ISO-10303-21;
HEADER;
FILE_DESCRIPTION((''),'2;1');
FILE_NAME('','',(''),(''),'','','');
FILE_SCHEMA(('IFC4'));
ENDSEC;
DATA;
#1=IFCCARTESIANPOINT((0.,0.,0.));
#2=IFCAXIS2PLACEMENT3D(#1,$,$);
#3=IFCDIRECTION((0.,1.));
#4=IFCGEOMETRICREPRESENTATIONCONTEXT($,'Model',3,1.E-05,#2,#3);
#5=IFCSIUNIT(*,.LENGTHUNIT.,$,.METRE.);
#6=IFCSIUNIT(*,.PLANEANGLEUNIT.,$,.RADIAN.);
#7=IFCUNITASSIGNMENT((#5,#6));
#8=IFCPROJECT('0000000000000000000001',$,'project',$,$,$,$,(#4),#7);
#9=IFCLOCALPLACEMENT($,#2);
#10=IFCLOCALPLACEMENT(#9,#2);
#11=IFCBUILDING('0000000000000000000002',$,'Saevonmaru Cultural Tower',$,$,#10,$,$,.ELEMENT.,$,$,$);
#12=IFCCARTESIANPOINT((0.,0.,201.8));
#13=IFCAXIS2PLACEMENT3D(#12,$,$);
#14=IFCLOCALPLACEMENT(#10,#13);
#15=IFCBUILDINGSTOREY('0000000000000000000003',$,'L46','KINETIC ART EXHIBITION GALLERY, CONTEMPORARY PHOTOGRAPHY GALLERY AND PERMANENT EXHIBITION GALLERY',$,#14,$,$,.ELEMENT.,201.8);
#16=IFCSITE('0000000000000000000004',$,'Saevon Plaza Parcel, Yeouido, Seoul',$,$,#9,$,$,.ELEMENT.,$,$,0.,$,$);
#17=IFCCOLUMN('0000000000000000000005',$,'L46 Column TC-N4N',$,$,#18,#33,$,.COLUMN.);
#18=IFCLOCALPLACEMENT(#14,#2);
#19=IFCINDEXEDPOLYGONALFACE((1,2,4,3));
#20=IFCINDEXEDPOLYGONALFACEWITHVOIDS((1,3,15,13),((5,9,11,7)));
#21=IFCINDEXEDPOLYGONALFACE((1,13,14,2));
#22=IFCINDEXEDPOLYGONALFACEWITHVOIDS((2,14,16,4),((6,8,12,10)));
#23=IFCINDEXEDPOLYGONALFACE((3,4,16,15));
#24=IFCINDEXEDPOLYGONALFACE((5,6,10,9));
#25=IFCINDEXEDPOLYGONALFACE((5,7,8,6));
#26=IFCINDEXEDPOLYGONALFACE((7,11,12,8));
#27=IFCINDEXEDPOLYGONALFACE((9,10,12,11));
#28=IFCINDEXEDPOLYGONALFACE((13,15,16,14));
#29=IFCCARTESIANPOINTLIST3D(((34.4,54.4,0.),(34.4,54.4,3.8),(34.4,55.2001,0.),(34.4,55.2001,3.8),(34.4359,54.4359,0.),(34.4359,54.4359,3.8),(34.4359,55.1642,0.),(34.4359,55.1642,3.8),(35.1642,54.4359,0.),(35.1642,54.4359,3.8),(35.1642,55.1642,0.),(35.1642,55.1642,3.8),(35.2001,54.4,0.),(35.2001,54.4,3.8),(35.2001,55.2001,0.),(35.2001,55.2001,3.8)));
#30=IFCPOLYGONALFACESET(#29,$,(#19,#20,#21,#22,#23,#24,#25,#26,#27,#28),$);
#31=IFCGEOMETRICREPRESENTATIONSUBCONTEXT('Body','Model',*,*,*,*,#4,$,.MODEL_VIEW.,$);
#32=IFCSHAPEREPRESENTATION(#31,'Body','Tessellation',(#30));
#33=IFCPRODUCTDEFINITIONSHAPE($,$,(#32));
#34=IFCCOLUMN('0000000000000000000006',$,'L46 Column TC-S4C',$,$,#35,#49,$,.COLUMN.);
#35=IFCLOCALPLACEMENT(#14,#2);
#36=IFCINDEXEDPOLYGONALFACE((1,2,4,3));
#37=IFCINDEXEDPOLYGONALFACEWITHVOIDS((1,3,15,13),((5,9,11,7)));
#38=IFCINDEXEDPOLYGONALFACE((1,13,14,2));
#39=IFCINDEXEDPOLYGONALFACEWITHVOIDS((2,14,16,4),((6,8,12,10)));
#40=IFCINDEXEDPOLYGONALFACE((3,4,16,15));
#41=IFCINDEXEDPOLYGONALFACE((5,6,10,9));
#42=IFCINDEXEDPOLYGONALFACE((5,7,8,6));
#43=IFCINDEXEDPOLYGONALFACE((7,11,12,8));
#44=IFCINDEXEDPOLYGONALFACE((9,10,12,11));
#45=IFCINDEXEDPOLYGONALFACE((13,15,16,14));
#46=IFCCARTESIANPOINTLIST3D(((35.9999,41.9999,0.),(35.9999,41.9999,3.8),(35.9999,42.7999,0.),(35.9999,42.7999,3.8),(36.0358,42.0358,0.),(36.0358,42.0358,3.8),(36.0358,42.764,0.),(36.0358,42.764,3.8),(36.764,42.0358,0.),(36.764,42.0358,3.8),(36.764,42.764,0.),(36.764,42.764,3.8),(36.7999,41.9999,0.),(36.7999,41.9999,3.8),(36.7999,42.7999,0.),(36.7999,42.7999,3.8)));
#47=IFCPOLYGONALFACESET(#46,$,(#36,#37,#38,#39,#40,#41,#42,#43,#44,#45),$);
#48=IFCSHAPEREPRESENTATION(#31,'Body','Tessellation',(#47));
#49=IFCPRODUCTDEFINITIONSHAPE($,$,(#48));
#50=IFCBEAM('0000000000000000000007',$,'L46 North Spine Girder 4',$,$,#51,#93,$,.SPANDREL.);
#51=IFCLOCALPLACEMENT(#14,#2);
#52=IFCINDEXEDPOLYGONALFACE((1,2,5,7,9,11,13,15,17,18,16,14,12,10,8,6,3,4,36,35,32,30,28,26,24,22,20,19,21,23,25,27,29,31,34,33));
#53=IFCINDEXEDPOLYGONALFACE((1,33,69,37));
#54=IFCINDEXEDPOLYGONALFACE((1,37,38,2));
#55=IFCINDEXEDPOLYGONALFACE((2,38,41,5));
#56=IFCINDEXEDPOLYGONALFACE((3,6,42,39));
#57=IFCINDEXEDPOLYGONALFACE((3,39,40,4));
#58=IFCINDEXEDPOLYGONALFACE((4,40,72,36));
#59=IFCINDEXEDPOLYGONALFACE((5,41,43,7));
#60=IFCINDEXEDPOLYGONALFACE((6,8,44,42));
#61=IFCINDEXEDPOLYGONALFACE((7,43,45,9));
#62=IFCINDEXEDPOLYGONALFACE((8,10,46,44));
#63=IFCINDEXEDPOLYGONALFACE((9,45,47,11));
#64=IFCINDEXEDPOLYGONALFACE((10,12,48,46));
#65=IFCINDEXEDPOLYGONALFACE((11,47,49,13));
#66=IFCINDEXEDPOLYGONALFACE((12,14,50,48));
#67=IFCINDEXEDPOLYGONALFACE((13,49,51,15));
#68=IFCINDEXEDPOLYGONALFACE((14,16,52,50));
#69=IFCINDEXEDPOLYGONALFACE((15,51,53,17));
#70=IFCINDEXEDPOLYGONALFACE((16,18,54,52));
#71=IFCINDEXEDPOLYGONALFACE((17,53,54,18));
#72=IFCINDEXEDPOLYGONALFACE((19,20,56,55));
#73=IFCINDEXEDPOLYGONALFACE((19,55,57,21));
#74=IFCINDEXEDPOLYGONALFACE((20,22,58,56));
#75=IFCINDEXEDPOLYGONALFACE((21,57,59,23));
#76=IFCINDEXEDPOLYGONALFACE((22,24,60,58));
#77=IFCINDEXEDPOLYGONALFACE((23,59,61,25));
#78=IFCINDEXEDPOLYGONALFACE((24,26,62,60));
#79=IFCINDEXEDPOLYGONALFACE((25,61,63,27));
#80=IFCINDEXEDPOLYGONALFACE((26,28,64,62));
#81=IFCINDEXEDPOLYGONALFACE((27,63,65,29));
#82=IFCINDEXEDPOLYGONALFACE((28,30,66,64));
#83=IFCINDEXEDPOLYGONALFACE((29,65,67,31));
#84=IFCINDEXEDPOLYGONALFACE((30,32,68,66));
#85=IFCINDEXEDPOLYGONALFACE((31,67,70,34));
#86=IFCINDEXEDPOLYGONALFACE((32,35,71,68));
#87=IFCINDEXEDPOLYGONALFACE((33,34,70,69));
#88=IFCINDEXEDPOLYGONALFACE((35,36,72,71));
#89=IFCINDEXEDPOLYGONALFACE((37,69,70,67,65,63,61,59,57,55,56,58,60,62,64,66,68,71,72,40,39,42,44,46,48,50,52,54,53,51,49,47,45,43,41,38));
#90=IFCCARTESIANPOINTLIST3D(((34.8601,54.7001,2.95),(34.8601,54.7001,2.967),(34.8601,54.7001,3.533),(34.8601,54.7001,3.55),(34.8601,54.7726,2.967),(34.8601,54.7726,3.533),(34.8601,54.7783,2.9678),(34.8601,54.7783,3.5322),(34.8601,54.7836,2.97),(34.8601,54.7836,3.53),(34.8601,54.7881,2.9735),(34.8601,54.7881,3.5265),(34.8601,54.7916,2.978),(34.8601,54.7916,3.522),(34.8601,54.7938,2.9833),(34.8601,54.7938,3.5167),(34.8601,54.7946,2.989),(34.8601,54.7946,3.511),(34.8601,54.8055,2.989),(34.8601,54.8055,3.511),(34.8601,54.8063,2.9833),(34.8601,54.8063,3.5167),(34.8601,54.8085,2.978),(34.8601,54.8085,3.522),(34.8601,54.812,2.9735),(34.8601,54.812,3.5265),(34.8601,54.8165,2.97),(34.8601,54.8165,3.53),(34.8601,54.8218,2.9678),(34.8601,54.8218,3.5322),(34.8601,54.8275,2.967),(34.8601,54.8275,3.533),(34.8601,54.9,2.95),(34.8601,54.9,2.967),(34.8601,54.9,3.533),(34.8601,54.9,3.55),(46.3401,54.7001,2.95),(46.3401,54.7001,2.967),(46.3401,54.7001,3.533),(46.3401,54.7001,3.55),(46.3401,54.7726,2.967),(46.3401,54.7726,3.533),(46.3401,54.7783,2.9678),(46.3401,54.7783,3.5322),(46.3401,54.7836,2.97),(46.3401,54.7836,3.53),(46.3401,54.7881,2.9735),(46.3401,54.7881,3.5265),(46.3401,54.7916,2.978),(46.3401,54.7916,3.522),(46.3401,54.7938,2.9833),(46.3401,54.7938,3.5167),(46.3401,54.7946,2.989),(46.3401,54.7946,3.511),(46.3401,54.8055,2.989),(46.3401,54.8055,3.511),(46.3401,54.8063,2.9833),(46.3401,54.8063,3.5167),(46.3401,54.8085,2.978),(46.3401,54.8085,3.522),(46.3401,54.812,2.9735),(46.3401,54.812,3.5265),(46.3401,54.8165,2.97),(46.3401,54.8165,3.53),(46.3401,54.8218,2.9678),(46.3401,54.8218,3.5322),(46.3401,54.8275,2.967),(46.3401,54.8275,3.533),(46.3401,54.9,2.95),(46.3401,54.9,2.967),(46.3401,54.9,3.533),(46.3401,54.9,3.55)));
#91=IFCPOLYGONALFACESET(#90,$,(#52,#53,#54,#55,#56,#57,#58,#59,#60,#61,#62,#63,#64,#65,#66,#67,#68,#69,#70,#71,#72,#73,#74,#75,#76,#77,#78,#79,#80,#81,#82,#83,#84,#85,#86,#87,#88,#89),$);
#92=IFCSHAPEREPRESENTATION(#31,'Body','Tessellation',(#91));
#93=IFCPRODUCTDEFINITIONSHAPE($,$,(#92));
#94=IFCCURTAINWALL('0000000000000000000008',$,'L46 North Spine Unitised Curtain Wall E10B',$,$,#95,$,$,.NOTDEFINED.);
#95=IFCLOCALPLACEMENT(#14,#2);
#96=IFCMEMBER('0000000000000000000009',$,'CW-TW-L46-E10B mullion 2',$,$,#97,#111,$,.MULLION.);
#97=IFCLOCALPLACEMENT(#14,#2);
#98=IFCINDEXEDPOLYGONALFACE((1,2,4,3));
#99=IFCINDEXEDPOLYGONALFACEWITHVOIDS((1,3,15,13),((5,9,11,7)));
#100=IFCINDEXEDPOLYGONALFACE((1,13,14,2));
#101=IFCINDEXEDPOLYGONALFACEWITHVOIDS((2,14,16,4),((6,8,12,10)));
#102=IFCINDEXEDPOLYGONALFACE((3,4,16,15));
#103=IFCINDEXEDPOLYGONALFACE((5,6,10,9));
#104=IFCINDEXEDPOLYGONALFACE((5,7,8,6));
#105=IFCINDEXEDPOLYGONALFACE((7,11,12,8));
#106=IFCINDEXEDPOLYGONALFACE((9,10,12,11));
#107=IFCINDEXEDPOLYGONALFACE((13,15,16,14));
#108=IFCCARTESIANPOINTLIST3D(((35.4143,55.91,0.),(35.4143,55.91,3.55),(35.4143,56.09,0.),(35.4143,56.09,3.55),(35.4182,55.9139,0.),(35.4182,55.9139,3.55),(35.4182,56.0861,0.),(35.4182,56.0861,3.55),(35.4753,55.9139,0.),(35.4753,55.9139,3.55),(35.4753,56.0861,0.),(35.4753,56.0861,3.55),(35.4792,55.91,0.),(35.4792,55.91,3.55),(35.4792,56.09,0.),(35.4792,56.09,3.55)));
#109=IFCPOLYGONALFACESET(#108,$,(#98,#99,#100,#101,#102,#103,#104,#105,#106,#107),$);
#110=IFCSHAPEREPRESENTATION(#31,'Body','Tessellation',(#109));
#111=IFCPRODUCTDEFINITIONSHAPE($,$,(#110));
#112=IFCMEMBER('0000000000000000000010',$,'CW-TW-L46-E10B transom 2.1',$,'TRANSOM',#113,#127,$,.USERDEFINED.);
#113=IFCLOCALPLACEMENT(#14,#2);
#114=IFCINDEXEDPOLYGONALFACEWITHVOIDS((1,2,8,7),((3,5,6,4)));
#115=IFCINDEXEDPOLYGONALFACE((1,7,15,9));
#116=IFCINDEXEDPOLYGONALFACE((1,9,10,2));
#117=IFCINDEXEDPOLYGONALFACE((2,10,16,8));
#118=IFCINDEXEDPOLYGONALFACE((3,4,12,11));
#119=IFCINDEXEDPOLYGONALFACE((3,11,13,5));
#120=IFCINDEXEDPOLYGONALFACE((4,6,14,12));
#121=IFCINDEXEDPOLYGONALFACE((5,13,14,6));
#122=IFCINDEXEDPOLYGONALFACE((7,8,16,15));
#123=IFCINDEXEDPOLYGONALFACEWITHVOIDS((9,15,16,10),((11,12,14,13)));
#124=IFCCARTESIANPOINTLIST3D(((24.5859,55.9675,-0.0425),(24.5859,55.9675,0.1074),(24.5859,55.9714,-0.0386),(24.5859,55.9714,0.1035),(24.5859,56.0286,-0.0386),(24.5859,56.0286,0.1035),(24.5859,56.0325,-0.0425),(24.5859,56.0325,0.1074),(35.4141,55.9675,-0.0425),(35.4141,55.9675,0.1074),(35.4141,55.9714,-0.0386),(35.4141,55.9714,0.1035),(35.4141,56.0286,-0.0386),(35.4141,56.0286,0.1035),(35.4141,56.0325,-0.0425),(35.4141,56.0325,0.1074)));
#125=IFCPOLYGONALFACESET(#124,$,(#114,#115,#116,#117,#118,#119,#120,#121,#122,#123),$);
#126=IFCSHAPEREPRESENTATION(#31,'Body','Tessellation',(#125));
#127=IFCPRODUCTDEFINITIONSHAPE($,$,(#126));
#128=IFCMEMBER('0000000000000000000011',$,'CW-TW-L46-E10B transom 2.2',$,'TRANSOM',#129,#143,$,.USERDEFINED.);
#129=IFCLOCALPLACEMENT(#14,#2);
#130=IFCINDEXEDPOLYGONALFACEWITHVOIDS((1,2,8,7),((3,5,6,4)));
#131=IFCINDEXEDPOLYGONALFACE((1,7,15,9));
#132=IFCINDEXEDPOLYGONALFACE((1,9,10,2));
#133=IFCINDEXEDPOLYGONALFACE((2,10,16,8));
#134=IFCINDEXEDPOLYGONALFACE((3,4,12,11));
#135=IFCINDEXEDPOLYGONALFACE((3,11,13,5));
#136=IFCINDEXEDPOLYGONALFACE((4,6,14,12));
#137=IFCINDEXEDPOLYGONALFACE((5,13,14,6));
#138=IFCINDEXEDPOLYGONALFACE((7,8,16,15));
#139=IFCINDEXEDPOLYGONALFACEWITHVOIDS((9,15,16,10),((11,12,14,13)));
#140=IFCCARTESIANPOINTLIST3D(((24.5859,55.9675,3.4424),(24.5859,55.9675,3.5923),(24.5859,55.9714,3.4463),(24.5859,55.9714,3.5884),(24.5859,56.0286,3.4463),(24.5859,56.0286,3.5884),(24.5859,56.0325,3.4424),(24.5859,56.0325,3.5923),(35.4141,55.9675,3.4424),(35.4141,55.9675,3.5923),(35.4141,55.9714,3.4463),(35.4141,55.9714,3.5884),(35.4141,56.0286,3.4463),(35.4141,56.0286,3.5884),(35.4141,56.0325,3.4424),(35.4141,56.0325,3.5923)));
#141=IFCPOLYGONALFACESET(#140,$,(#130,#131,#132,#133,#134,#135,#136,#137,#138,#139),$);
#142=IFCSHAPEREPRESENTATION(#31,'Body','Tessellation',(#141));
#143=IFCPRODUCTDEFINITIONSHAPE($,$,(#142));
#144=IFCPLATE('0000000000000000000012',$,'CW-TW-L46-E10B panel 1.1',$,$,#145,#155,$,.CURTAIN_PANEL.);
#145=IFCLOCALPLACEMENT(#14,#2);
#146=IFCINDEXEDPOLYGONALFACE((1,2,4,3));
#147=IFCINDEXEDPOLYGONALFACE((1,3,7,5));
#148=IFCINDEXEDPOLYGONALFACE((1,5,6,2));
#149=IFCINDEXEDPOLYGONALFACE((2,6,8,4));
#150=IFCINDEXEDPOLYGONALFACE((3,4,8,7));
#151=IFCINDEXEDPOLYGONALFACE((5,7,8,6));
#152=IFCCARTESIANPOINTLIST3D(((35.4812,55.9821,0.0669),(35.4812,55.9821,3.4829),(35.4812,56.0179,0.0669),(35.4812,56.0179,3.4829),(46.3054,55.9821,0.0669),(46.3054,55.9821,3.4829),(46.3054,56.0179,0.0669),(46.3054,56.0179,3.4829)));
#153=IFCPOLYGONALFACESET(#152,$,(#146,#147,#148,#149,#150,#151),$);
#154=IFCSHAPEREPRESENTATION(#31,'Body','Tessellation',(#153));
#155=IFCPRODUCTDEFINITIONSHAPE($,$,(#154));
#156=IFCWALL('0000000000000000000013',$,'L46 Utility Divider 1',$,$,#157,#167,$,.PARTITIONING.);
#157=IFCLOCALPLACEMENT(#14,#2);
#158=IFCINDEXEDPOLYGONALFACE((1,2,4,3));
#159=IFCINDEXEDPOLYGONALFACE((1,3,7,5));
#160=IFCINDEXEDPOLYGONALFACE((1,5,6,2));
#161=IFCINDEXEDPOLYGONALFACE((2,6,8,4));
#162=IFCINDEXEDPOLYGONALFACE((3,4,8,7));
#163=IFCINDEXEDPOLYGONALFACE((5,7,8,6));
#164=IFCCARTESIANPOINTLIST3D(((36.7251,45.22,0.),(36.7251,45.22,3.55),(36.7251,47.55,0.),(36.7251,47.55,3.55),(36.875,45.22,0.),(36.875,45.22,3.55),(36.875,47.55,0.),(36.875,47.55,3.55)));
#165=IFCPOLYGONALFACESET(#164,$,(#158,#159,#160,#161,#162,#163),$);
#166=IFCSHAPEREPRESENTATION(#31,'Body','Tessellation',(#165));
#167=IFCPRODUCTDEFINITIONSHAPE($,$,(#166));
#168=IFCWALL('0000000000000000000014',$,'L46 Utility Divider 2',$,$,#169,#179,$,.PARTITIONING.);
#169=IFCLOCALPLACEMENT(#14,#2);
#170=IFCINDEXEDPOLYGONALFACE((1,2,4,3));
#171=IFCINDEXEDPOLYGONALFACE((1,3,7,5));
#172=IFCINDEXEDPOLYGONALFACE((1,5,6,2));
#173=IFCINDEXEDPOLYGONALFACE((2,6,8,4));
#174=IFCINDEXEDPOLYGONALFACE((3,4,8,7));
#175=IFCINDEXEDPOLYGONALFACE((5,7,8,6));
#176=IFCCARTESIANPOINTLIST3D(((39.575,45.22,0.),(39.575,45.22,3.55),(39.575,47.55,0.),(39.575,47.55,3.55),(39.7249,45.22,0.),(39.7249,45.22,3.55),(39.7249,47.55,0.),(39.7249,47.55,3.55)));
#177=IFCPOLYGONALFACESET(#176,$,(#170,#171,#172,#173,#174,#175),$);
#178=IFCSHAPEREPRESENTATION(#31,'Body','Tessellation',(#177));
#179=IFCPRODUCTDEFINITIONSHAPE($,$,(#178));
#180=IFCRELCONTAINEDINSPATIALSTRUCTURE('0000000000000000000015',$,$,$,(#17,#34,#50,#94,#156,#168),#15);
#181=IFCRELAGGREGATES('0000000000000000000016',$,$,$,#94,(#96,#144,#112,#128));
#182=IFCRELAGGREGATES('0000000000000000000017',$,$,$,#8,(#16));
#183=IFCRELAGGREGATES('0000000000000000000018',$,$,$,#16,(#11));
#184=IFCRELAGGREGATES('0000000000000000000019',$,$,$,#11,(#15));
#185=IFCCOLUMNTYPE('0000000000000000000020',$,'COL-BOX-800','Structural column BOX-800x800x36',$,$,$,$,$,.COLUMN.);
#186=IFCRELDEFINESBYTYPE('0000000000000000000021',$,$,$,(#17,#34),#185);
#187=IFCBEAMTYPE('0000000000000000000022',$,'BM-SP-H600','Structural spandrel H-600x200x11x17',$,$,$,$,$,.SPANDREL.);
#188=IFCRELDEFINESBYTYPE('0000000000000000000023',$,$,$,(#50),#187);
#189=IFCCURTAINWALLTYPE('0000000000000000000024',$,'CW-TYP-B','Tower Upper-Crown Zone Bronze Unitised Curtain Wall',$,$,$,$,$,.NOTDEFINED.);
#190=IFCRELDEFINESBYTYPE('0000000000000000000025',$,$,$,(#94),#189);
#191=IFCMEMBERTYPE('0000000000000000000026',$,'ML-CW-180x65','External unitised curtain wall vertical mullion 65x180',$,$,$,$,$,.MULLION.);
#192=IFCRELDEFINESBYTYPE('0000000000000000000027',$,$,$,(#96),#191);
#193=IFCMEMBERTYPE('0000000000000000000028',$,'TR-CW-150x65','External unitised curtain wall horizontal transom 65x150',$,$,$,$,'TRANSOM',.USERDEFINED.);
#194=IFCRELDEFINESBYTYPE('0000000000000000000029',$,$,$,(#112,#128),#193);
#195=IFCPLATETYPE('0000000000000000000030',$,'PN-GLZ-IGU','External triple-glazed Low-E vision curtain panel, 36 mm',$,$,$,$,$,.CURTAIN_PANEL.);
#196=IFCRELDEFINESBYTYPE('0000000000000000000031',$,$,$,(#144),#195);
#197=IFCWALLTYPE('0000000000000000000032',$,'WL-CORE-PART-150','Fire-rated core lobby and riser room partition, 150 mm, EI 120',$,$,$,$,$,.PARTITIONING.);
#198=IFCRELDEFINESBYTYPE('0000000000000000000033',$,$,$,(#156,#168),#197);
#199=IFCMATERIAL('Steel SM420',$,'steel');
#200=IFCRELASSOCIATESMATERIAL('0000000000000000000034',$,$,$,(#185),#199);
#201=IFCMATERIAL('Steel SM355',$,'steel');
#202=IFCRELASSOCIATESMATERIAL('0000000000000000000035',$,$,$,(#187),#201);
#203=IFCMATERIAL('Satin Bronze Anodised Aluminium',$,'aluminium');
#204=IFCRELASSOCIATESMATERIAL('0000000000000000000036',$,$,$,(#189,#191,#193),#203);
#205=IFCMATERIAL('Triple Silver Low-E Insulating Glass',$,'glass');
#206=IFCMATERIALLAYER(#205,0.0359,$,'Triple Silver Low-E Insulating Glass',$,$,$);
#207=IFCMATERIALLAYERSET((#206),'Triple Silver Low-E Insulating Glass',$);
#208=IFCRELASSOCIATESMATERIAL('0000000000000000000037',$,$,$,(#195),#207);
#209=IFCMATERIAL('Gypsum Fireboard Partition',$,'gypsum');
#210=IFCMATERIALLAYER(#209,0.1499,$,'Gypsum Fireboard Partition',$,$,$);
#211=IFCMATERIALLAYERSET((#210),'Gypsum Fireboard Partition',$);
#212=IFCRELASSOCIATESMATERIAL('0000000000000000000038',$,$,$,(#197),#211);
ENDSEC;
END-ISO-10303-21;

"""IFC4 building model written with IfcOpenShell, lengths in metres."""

from ifc_helpers import new_model, si_unit, direction, frame, frame_2d, origin, origin_2d, place, context, subcontext, project, spatial, rectangle, hollow_rectangle, i_section, extrude, material, layer, layer_set, material_profile, profile_set, type_object, element, aggregate, save


model = new_model("IFC4")

# Units and contexts
model_context = context("Model", 3, precision=1e-05, world=origin(), true_north=direction((0.0, 1.0)))
body_context = subcontext(model_context, "Body", "Model", "MODEL_VIEW")
ifc_project = project(units=[si_unit("LENGTHUNIT", "METRE"), si_unit("PLANEANGLEUNIT", "RADIAN")], contexts=[model_context])

# Site, building, storey
site_placement = place(None, origin())
site = spatial("IfcSite", under=ifc_project, at=site_placement, Name="Saevon Plaza Parcel, Yeouido, Seoul", CompositionType="ELEMENT", RefElevation=0.0)
building_placement = place(site_placement, origin())
building = spatial("IfcBuilding", under=site, at=building_placement, Name="Saevonmaru Cultural Tower", CompositionType="ELEMENT")
storey_placement = place(building_placement, frame((0.0, 0.0, 201.8)))
storey = spatial("IfcBuildingStorey", under=building, at=storey_placement, Name="L46", Description="KINETIC ART EXHIBITION GALLERY, CONTEMPORARY PHOTOGRAPHY GALLERY AND PERMANENT EXHIBITION GALLERY", CompositionType="ELEMENT", Elevation=201.8)

# Columns
ifc_material_1 = material(Name="Steel SM420", Category="steel")
ifc_material_profile_1 = material_profile(ifc_material_1, hollow_rectangle(XDim=0.8, YDim=0.8, WallThickness=0.0359, at=origin_2d()), Name="BOX-800x800x36")
ifc_profile_set_1 = profile_set([ifc_material_profile_1], Name="Steel SM420")
column_type = type_object("IfcColumnType", Name="COL-BOX-800", Description="Structural column BOX-800x800x36", PredefinedType="COLUMN", material=ifc_profile_set_1)
for number, where, z_axis, x_axis, name in (
    (1, (34.8, 54.8, 0.0), (0.0, 0.0, 1.0), (1.0, 0.0, 0.0), "L46 Column TC-N4N"),
    (2, (36.3999, 42.3999, 0.0), (0.0, 0.0, 1.0), (1.0, 0.0, 0.0), "L46 Column TC-S4C"),
):
    element("IfcColumn", number, at=place(storey_placement, frame(where, z_axis=z_axis, x_axis=x_axis)), inside=storey, type_object=column_type, Name=name, PredefinedType="COLUMN", context=body_context, shape_type="SweptSolid", body=[
        extrude(hollow_rectangle(XDim=0.8, YDim=0.8, WallThickness=0.0359, at=origin_2d()), origin(), (0.0, 0.0, 1.0), 3.8),
    ])

# Beam
ifc_material_2 = material(Name="Steel SM355", Category="steel")
ifc_material_profile_2 = material_profile(ifc_material_2, i_section(OverallWidth=0.2, OverallDepth=0.6001, WebThickness=0.011, FlangeThickness=0.0171, FilletRadius=0.022, at=origin_2d()), Name="H-600x200x11x17")
ifc_profile_set_2 = profile_set([ifc_material_profile_2], Name="Steel SM355")
beam_type = type_object("IfcBeamType", Name="BM-SP-H600", Description="Structural spandrel H-600x200x11x17", PredefinedType="SPANDREL", material=ifc_profile_set_2)
beam_placement = place(storey_placement, frame((34.8601, 54.8, 3.25), z_axis=(1.0, 0.0, 0.0), x_axis=(0.0, 1.0, 0.0)))
element("IfcBeam", 3, at=beam_placement, inside=storey, type_object=beam_type, Name="L46 North Spine Girder 4", PredefinedType="SPANDREL", context=body_context, shape_type="SweptSolid", body=[
    extrude(i_section(OverallWidth=0.2, OverallDepth=0.6001, WebThickness=0.011, FlangeThickness=0.0171, FilletRadius=0.022, at=origin_2d()), origin(), (0.0, 0.0, 1.0), 11.48),
])

# Curtain wall, members, plate
ifc_material_3 = material(Name="Satin Bronze Anodised Aluminium", Category="aluminium")
curtain_wall_type = type_object("IfcCurtainWallType", Name="CW-TYP-B", Description="Tower Upper-Crown Zone Bronze Unitised Curtain Wall", PredefinedType="NOTDEFINED", material=ifc_material_3)
curtain_wall_placement = place(storey_placement, origin())
curtain_wall = element("IfcCurtainWall", 4, at=curtain_wall_placement, inside=storey, type_object=curtain_wall_type, Name="L46 North Spine Unitised Curtain Wall E10B", PredefinedType="NOTDEFINED")
ifc_material_profile_3 = material_profile(ifc_material_3, hollow_rectangle(XDim=0.0649, YDim=0.1799, WallThickness=0.0039, at=origin_2d()), Name="ALU-MULL-180x65x4")
ifc_profile_set_3 = profile_set([ifc_material_profile_3], Name="Satin Bronze Anodised Aluminium")
member_type_1 = type_object("IfcMemberType", Name="ML-CW-180x65", Description="External unitised curtain wall vertical mullion 65x180", PredefinedType="MULLION", material=ifc_profile_set_3)
member_1_placement = place(storey_placement, frame((35.4468, 56.0, 0.0), z_axis=(0.0, 0.0, 1.0), x_axis=(-1.0, 0.0, 0.0)))
member_1 = element("IfcMember", 5, at=member_1_placement, type_object=member_type_1, Name="CW-TW-L46-E10B mullion 2", PredefinedType="MULLION", context=body_context, shape_type="SweptSolid", body=[
    extrude(hollow_rectangle(XDim=0.0649, YDim=0.1799, WallThickness=0.0039, at=origin_2d()), origin(), (0.0, 0.0, 1.0), 3.55),
])
ifc_material_profile_4 = material_profile(ifc_material_3, hollow_rectangle(XDim=0.0649, YDim=0.1499, WallThickness=0.0039, at=origin_2d()), Name="ALU-TRAN-150x65x4")
ifc_profile_set_4 = profile_set([ifc_material_profile_4], Name="Satin Bronze Anodised Aluminium")
member_type_2 = type_object("IfcMemberType", Name="TR-CW-150x65", Description="External unitised curtain wall horizontal transom 65x150", ElementType="TRANSOM", PredefinedType="USERDEFINED", material=ifc_profile_set_4)
member_2_placement = place(storey_placement, frame((35.4141, 56.0, 0.0325), z_axis=(-1.0, 0.0, 0.0), x_axis=(0.0, -1.0, 0.0)))
member_2 = element("IfcMember", 6, at=member_2_placement, type_object=member_type_2, Name="CW-TW-L46-E10B transom 2.1", ObjectType="TRANSOM", PredefinedType="USERDEFINED", context=body_context, shape_type="SweptSolid", body=[
    extrude(hollow_rectangle(XDim=0.0649, YDim=0.1499, WallThickness=0.0039, at=origin_2d()), origin(), (0.0, 0.0, 1.0), 10.8281),
])
member_3_placement = place(storey_placement, frame((35.4141, 56.0, 3.5173), z_axis=(-1.0, 0.0, 0.0), x_axis=(0.0, -1.0, 0.0)))
member_3 = element("IfcMember", 7, at=member_3_placement, type_object=member_type_2, Name="CW-TW-L46-E10B transom 2.2", ObjectType="TRANSOM", PredefinedType="USERDEFINED", context=body_context, shape_type="SweptSolid", body=[
    extrude(hollow_rectangle(XDim=0.0649, YDim=0.1499, WallThickness=0.0039, at=origin_2d()), origin(), (0.0, 0.0, 1.0), 10.8281),
])
ifc_material_4 = material(Name="Triple Silver Low-E Insulating Glass", Category="glass")
ifc_layer_1 = layer(ifc_material_4, 0.0359, Name="Triple Silver Low-E Insulating Glass")
ifc_layer_set_1 = layer_set([ifc_layer_1], Name="Triple Silver Low-E Insulating Glass")
plate_type = type_object("IfcPlateType", Name="PN-GLZ-IGU", Description="External triple-glazed Low-E vision curtain panel, 36 mm", PredefinedType="CURTAIN_PANEL", material=ifc_layer_set_1)
plate_placement = place(storey_placement, frame((40.8933, 56.0, 0.0669), z_axis=(0.0, 0.0, 1.0), x_axis=(-1.0, 0.0, 0.0)))
plate = element("IfcPlate", 8, at=plate_placement, type_object=plate_type, Name="CW-TW-L46-E10B panel 1.1", PredefinedType="CURTAIN_PANEL", context=body_context, shape_type="SweptSolid", body=[
    extrude(rectangle(XDim=10.8242, YDim=0.0359, at=origin_2d()), origin(), (0.0, 0.0, 1.0), 3.416),
])
aggregate(curtain_wall, [member_1, plate, member_2, member_3])

# Walls
ifc_material_5 = material(Name="Gypsum Fireboard Partition", Category="gypsum")
ifc_layer_2 = layer(ifc_material_5, 0.1499, Name="Gypsum Fireboard Partition")
ifc_layer_set_2 = layer_set([ifc_layer_2], Name="Gypsum Fireboard Partition")
wall_type_1 = type_object("IfcWallType", Name="WL-CORE-PART-150", Description="Fire-rated core lobby and riser room partition, 150 mm, EI 120", PredefinedType="PARTITIONING", material=ifc_layer_set_2)
for number, where, z_axis, x_axis, name in (
    (9, (36.8, 45.22, 0.0), (0.0, 0.0, 1.0), (0.0, 1.0, 0.0), "L46 Utility Divider 1"),
    (10, (39.6499, 45.22, 0.0), (0.0, 0.0, 1.0), (0.0, 1.0, 0.0), "L46 Utility Divider 2"),
):
    element("IfcWall", number, at=place(storey_placement, frame(where, z_axis=z_axis, x_axis=x_axis)), inside=storey, type_object=wall_type_1, Name=name, PredefinedType="PARTITIONING", context=body_context, shape_type="SweptSolid", body=[
        extrude(rectangle(XDim=2.3301, YDim=0.1499, at=frame_2d((1.165, 0.0))), origin(), (0.0, 0.0, 1.0), 3.55),
    ])

save(model, "model.ifc")
